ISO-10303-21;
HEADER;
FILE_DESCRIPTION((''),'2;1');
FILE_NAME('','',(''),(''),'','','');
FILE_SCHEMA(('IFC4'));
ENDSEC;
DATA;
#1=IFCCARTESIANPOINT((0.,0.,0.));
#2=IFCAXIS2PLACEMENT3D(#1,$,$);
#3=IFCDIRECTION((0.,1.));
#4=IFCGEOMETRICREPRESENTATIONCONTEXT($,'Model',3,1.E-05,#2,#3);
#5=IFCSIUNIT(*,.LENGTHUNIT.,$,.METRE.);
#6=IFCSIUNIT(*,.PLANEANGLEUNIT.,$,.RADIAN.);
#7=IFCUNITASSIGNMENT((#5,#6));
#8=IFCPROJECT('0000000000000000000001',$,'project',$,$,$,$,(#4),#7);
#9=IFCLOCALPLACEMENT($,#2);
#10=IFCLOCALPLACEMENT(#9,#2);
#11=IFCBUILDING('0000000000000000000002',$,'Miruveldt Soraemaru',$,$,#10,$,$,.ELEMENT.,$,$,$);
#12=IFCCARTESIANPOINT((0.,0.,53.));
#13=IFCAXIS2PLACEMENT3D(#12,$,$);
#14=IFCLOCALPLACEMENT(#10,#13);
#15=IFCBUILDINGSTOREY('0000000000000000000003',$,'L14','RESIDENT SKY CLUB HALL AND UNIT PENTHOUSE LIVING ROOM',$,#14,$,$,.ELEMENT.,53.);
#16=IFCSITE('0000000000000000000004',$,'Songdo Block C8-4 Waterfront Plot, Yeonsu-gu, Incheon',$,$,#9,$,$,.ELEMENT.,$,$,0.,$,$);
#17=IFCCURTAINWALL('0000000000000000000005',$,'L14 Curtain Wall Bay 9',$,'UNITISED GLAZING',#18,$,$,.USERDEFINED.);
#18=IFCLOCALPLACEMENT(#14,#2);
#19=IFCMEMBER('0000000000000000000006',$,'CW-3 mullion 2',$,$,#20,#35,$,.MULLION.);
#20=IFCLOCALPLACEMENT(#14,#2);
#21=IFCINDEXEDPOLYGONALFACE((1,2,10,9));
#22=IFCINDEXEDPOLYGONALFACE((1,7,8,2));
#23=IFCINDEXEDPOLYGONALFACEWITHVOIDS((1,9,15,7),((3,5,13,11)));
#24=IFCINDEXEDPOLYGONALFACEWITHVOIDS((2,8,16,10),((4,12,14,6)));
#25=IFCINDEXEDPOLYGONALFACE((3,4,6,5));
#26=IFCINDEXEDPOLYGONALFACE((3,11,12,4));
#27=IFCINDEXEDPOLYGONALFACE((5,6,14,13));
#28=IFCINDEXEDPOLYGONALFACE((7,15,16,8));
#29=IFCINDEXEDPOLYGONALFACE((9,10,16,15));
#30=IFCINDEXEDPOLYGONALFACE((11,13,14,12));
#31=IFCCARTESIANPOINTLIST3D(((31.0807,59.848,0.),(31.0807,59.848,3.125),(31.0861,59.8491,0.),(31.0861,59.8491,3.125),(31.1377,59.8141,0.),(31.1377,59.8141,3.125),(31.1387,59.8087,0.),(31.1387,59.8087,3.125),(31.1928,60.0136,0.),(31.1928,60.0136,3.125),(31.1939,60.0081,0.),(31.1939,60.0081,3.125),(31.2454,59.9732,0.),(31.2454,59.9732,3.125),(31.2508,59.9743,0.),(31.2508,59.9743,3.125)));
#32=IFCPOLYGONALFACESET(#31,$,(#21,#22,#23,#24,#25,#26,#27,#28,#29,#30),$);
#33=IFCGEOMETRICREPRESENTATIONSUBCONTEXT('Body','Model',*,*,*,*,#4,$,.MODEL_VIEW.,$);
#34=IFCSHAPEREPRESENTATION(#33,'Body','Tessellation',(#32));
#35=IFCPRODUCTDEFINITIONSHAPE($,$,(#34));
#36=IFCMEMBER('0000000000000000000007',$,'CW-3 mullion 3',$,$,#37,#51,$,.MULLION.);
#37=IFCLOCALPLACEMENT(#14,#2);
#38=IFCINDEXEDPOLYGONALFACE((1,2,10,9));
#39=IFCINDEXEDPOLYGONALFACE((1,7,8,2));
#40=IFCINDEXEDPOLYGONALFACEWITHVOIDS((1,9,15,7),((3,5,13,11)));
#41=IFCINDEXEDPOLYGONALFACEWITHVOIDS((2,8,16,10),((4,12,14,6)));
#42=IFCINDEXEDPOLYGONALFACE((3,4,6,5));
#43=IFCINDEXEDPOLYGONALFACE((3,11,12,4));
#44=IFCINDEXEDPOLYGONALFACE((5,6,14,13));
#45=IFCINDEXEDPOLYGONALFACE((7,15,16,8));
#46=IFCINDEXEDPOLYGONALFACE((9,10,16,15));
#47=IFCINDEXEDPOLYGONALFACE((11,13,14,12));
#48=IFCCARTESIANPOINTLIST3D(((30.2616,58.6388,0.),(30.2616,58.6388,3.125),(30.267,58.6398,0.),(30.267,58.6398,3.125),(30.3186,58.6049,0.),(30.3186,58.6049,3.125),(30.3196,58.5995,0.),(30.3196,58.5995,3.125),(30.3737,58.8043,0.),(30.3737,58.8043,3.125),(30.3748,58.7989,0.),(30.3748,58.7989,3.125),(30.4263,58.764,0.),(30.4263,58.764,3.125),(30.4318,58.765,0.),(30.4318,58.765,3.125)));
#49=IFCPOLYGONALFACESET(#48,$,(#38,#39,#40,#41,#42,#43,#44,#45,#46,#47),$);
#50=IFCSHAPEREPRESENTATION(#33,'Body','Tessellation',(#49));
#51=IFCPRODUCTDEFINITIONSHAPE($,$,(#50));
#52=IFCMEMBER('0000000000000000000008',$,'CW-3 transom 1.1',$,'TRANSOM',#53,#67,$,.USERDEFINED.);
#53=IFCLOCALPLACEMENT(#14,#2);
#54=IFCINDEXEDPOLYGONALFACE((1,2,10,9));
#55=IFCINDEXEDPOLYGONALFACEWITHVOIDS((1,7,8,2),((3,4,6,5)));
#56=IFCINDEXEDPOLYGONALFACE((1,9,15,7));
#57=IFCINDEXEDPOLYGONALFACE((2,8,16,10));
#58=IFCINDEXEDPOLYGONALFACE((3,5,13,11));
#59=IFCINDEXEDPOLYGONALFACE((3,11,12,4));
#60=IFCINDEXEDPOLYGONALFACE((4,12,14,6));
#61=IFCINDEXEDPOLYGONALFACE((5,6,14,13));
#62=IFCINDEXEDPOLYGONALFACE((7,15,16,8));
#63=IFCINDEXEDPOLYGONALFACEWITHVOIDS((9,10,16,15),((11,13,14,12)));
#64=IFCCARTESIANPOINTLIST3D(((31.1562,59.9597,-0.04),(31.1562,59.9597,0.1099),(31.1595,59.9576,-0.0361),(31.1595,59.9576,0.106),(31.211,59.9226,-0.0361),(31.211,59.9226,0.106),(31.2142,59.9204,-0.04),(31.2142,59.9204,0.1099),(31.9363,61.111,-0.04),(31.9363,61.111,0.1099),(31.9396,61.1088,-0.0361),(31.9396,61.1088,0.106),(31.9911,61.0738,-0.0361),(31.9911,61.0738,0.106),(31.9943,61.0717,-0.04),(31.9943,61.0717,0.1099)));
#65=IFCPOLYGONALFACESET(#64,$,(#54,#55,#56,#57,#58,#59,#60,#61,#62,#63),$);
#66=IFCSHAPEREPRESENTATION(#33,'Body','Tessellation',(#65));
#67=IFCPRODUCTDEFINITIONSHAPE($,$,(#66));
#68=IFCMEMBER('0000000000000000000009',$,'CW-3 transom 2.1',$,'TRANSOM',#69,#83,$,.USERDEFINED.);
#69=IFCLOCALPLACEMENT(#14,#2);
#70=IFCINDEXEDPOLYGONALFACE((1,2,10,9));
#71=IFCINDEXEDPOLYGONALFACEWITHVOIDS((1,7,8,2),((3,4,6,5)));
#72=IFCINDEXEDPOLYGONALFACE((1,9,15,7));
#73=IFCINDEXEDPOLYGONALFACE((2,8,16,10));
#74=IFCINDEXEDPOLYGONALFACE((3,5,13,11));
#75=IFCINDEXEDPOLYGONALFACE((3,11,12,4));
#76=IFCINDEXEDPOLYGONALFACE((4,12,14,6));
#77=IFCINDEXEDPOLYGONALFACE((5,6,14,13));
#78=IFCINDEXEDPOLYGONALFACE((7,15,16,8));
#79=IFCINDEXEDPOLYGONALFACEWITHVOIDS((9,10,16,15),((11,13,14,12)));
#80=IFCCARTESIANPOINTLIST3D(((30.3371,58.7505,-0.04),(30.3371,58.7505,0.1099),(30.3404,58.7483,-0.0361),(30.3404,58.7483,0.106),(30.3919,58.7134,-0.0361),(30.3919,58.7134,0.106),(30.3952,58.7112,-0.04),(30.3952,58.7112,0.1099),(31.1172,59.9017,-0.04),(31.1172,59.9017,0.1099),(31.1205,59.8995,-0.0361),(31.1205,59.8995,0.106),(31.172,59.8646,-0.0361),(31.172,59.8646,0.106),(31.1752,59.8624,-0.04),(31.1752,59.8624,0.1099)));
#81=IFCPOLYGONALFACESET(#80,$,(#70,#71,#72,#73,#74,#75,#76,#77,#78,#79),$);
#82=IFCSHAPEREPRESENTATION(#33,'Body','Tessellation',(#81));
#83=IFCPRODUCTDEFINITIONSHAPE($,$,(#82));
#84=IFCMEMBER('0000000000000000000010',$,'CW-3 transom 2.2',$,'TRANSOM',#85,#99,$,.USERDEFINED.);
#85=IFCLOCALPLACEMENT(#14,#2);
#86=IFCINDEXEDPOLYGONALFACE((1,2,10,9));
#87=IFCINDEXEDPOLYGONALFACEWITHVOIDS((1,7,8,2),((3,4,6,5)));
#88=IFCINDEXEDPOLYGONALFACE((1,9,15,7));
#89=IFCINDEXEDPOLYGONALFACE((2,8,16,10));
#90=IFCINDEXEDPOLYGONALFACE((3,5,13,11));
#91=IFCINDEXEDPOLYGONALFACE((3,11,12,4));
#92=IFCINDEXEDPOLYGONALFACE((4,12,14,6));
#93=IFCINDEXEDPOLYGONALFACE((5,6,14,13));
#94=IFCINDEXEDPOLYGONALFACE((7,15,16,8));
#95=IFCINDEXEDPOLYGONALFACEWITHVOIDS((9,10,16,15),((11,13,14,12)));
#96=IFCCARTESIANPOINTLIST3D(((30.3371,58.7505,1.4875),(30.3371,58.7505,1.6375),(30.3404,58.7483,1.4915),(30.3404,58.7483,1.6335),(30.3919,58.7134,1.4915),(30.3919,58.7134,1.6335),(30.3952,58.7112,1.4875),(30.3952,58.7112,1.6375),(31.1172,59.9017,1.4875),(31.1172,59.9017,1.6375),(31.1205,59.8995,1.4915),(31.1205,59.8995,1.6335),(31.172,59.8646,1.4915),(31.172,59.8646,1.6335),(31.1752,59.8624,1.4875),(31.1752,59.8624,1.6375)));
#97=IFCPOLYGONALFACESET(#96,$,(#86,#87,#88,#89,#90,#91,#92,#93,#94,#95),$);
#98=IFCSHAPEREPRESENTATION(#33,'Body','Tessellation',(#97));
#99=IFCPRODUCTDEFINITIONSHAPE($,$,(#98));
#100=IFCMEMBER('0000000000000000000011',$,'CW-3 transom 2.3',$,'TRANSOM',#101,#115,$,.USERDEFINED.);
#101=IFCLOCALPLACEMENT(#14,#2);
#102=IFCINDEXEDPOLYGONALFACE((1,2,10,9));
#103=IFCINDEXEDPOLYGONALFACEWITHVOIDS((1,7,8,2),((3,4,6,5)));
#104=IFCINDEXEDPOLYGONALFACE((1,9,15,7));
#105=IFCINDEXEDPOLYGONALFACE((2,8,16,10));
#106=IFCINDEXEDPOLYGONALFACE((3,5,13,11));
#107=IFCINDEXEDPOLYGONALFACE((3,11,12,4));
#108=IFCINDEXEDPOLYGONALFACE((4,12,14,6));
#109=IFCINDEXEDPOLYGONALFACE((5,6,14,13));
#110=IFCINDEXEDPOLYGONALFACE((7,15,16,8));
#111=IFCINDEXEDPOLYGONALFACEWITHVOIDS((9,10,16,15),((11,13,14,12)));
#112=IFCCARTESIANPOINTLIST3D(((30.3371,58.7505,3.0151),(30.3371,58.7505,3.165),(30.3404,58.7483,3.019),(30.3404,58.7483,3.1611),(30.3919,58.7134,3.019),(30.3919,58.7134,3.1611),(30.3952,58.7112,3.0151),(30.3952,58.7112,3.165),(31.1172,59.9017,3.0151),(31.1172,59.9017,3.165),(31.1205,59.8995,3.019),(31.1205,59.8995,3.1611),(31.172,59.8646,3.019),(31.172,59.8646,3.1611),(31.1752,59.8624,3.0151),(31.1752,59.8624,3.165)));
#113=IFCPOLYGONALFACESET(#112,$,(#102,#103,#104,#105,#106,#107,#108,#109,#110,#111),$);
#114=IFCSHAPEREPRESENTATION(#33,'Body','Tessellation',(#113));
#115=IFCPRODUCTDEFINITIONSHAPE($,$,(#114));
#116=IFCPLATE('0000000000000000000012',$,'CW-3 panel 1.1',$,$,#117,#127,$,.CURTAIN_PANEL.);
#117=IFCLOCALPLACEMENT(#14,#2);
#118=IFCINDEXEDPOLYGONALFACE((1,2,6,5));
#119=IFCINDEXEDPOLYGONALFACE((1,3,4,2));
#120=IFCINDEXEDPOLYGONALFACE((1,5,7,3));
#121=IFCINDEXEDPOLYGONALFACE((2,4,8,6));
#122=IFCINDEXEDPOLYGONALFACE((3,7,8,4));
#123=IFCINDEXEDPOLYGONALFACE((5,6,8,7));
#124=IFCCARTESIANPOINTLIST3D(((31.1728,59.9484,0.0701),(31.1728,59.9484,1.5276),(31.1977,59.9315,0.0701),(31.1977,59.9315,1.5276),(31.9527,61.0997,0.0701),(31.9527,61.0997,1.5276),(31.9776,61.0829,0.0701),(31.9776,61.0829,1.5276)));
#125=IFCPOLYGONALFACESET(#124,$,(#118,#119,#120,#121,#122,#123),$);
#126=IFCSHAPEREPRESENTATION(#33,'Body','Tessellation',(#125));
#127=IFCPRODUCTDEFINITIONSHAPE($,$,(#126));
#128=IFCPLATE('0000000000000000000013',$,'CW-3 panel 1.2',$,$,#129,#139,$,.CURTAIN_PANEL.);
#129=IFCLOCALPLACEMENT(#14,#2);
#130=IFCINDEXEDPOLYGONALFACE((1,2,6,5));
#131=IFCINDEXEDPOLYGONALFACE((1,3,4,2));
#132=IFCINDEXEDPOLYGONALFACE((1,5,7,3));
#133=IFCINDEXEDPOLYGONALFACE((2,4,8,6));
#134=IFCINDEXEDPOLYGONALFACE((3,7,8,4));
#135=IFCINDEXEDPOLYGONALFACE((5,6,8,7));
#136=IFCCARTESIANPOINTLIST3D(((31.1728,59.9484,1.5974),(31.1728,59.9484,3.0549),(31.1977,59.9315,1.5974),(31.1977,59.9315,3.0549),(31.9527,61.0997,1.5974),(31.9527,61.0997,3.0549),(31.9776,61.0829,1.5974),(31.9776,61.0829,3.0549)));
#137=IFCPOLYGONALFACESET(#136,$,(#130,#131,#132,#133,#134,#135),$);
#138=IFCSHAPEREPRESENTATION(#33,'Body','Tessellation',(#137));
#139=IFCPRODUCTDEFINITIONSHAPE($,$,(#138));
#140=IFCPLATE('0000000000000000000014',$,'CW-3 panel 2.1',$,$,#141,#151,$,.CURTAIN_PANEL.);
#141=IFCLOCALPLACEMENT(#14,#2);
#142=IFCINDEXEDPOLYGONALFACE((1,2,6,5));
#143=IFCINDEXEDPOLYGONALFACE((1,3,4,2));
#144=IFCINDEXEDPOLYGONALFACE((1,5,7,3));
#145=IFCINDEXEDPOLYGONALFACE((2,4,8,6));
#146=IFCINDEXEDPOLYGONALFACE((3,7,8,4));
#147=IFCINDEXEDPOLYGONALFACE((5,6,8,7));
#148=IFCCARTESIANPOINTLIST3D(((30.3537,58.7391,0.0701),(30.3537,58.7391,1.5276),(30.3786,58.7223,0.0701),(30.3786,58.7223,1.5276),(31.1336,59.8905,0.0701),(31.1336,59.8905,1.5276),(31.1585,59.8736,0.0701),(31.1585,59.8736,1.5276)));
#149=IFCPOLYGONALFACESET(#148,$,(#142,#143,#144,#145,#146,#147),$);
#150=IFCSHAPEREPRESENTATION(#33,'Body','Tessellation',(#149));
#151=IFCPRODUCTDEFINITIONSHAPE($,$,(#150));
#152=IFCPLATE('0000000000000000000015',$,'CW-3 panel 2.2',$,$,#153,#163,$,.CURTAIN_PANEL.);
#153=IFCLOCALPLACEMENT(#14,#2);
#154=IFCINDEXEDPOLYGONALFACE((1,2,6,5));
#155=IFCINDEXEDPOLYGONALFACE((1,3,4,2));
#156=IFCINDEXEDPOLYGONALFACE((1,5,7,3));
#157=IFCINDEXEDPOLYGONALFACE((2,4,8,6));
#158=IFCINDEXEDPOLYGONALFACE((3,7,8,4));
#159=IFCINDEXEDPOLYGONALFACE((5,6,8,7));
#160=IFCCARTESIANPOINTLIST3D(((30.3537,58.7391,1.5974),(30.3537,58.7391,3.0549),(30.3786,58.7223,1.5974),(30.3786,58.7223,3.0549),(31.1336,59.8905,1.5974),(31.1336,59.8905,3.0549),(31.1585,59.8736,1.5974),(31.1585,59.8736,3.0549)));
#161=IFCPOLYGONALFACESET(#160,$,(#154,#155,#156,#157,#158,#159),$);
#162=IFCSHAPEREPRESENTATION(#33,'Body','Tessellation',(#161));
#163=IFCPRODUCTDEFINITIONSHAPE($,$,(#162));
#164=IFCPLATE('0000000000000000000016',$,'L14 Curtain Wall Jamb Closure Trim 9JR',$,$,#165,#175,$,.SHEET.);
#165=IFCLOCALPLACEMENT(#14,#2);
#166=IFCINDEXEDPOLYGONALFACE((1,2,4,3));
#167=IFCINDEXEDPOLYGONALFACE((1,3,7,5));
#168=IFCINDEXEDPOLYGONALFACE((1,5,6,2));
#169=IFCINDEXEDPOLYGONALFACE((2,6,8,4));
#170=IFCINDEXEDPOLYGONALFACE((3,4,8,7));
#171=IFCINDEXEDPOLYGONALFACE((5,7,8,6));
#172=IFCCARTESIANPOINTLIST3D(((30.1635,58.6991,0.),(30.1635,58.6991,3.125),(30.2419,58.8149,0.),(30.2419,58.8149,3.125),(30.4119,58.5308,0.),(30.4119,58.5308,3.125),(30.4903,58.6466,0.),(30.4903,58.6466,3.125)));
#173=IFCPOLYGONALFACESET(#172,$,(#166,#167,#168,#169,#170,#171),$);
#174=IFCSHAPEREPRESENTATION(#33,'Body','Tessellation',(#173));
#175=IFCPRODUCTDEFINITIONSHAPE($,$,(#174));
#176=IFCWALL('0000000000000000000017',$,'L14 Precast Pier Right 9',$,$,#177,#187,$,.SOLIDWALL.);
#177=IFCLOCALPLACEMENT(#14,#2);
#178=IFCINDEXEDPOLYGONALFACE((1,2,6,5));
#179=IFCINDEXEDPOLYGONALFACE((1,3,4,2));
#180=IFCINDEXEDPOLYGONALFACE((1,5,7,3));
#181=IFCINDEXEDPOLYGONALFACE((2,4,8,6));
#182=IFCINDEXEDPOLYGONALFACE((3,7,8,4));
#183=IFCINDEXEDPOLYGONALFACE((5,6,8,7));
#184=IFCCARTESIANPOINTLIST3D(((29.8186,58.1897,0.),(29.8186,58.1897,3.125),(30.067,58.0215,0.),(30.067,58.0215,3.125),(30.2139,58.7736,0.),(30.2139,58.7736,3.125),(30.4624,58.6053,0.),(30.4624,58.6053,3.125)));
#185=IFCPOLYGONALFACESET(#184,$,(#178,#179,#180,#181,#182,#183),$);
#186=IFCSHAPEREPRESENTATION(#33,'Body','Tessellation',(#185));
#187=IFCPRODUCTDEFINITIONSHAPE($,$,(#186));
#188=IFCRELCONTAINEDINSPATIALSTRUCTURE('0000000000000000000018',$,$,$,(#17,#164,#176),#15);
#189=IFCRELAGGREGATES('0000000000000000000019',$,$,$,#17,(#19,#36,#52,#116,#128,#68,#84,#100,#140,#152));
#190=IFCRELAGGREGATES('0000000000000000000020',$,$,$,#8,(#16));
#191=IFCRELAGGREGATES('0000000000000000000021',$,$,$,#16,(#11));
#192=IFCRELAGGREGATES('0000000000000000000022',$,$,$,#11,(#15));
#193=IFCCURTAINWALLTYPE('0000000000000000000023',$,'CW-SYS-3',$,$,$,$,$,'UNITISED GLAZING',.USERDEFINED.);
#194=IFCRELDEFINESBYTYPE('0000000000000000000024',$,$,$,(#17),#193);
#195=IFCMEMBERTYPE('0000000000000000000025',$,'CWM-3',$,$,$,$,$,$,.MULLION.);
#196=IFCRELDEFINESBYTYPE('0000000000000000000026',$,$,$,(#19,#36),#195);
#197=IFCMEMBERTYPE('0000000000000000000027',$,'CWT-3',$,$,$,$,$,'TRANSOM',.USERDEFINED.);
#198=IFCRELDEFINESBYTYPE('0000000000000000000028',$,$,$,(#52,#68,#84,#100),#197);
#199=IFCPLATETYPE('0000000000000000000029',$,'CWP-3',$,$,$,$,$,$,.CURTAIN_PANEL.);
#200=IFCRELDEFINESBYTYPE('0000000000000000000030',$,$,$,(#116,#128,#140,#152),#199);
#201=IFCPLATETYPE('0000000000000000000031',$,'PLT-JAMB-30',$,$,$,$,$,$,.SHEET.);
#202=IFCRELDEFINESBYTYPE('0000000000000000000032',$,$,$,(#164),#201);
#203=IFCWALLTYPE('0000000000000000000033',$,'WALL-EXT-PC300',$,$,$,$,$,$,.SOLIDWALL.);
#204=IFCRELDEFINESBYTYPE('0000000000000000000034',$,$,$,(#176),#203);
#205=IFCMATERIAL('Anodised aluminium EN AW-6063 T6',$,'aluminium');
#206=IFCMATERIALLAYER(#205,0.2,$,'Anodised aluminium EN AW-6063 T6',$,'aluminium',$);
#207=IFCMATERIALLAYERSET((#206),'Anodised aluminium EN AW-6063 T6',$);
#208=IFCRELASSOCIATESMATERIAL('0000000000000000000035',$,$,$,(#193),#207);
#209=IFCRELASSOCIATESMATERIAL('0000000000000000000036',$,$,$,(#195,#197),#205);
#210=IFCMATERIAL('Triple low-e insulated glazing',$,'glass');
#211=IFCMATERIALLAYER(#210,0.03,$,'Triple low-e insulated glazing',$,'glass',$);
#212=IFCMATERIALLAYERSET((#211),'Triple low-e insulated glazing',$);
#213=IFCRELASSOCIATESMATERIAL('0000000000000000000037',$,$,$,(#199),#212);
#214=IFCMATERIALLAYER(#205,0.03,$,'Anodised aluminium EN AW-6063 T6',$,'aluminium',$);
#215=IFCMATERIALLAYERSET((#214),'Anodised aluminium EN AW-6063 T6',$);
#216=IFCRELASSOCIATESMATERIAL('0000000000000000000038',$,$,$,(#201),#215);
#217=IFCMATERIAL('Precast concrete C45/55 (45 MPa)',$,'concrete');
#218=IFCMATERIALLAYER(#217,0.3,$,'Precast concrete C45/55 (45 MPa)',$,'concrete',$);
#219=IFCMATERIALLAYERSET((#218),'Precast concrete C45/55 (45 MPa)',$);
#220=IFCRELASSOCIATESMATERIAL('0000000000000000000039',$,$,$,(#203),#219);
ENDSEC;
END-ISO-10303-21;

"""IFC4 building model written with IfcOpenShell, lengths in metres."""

from ifc_helpers import new_model, si_unit, direction, frame, frame_2d, origin, origin_2d, place, context, subcontext, project, spatial, rectangle, hollow_rectangle, extrude, material, layer, layer_set, material_profile, profile_set, type_object, element, aggregate, save


model = new_model("IFC4")

# Units and contexts
model_context = context("Model", 3, precision=1e-05, world=origin(), true_north=direction((0.0, 1.0)))
body_context = subcontext(model_context, "Body", "Model", "MODEL_VIEW")
ifc_project = project(units=[si_unit("LENGTHUNIT", "METRE"), si_unit("PLANEANGLEUNIT", "RADIAN")], contexts=[model_context])

# Site, building, storey
site_placement = place(None, origin())
site = spatial("IfcSite", under=ifc_project, at=site_placement, Name="Songdo Block C8-4 Waterfront Plot, Yeonsu-gu, Incheon", CompositionType="ELEMENT", RefElevation=0.0)
building_placement = place(site_placement, origin())
building = spatial("IfcBuilding", under=site, at=building_placement, Name="Miruveldt Soraemaru", CompositionType="ELEMENT")
storey_placement = place(building_placement, frame((0.0, 0.0, 53.0)))
storey = spatial("IfcBuildingStorey", under=building, at=storey_placement, Name="L14", Description="RESIDENT SKY CLUB HALL AND UNIT PENTHOUSE LIVING ROOM", CompositionType="ELEMENT", Elevation=53.0)

# Curtain wall, members, plates
ifc_material_1 = material(Name="Anodised aluminium EN AW-6063 T6", Category="aluminium")
ifc_layer_1 = layer(ifc_material_1, 0.2, Name="Anodised aluminium EN AW-6063 T6", Category="aluminium")
ifc_layer_set_1 = layer_set([ifc_layer_1], Name="Anodised aluminium EN AW-6063 T6")
curtain_wall_type = type_object("IfcCurtainWallType", Name="CW-SYS-3", ElementType="UNITISED GLAZING", PredefinedType="USERDEFINED", material=ifc_layer_set_1)
curtain_wall_placement = place(storey_placement, origin())
curtain_wall = element("IfcCurtainWall", 1, at=curtain_wall_placement, inside=storey, type_object=curtain_wall_type, Name="L14 Curtain Wall Bay 9", ObjectType="UNITISED GLAZING", PredefinedType="USERDEFINED")
ifc_material_profile_1 = material_profile(ifc_material_1, hollow_rectangle(XDim=0.0701, YDim=0.2, WallThickness=0.0039, at=origin_2d()), Name="Anodised aluminium EN AW-6063 T6", Category="aluminium")
ifc_profile_set_1 = profile_set([ifc_material_profile_1], Name="Anodised aluminium EN AW-6063 T6")
member_type_1 = type_object("IfcMemberType", Name="CWM-3", PredefinedType="MULLION", material=ifc_profile_set_1)
member_1_placement = place(storey_placement, frame((31.1658, 59.9111, 0.0), z_axis=(0.0, 0.0, 1.0), x_axis=(0.827928, -0.560834, 0.0)))
member_1 = element("IfcMember", 2, at=member_1_placement, type_object=member_type_1, Name="CW-3 mullion 2", PredefinedType="MULLION", context=body_context, shape_type="SweptSolid", body=[
    extrude(hollow_rectangle(XDim=0.0701, YDim=0.2, WallThickness=0.0039, at=origin_2d()), origin(), (0.0, 0.0, 1.0), 3.125),
])
member_2_placement = place(storey_placement, frame((30.3467, 58.7019, 0.0), z_axis=(0.0, 0.0, 1.0), x_axis=(0.827928, -0.560834, 0.0)))
member_2 = element("IfcMember", 3, at=member_2_placement, type_object=member_type_1, Name="CW-3 mullion 3", PredefinedType="MULLION", context=body_context, shape_type="SweptSolid", body=[
    extrude(hollow_rectangle(XDim=0.0701, YDim=0.2, WallThickness=0.0039, at=origin_2d()), origin(), (0.0, 0.0, 1.0), 3.125),
])
ifc_material_profile_2 = material_profile(ifc_material_1, hollow_rectangle(XDim=0.0701, YDim=0.1499, WallThickness=0.0039, at=origin_2d()), Name="Anodised aluminium EN AW-6063 T6", Category="aluminium")
ifc_profile_set_2 = profile_set([ifc_material_profile_2], Name="Anodised aluminium EN AW-6063 T6")
member_type_2 = type_object("IfcMemberType", Name="CWT-3", ElementType="TRANSOM", PredefinedType="USERDEFINED", material=ifc_profile_set_2)
member_3_placement = place(storey_placement, frame((31.9653, 61.0913, 0.0349), z_axis=(-0.560965, -0.82784, 0.0), x_axis=(0.82784, -0.560965, 0.0)))
member_3 = element("IfcMember", 4, at=member_3_placement, type_object=member_type_2, Name="CW-3 transom 1.1", ObjectType="TRANSOM", PredefinedType="USERDEFINED", context=body_context, shape_type="SweptSolid", body=[
    extrude(hollow_rectangle(XDim=0.0701, YDim=0.1499, WallThickness=0.0039, at=origin_2d()), origin(), (0.0, 0.0, 1.0), 1.3906),
])
member_4_placement = place(storey_placement, frame((31.1462, 59.8821, 0.0349), z_axis=(-0.560965, -0.82784, 0.0), x_axis=(0.82784, -0.560965, 0.0)))
member_4 = element("IfcMember", 5, at=member_4_placement, type_object=member_type_2, Name="CW-3 transom 2.1", ObjectType="TRANSOM", PredefinedType="USERDEFINED", context=body_context, shape_type="SweptSolid", body=[
    extrude(hollow_rectangle(XDim=0.0701, YDim=0.1499, WallThickness=0.0039, at=origin_2d()), origin(), (0.0, 0.0, 1.0), 1.3906),
])
member_5_placement = place(storey_placement, frame((31.1462, 59.8821, 1.5625), z_axis=(-0.560965, -0.82784, 0.0), x_axis=(0.82784, -0.560965, 0.0)))
member_5 = element("IfcMember", 6, at=member_5_placement, type_object=member_type_2, Name="CW-3 transom 2.2", ObjectType="TRANSOM", PredefinedType="USERDEFINED", context=body_context, shape_type="SweptSolid", body=[
    extrude(hollow_rectangle(XDim=0.0701, YDim=0.1499, WallThickness=0.0039, at=origin_2d()), origin(), (0.0, 0.0, 1.0), 1.3906),
])
member_6_placement = place(storey_placement, frame((31.1462, 59.8821, 3.0901), z_axis=(-0.560965, -0.82784, 0.0), x_axis=(0.82784, -0.560965, 0.0)))
member_6 = element("IfcMember", 7, at=member_6_placement, type_object=member_type_2, Name="CW-3 transom 2.3", ObjectType="TRANSOM", PredefinedType="USERDEFINED", context=body_context, shape_type="SweptSolid", body=[
    extrude(hollow_rectangle(XDim=0.0701, YDim=0.1499, WallThickness=0.0039, at=origin_2d()), origin(), (0.0, 0.0, 1.0), 1.3906),
])
ifc_material_2 = material(Name="Triple low-e insulated glazing", Category="glass")
ifc_layer_2 = layer(ifc_material_2, 0.03, Name="Triple low-e insulated glazing", Category="glass")
ifc_layer_set_2 = layer_set([ifc_layer_2], Name="Triple low-e insulated glazing")
plate_type_1 = type_object("IfcPlateType", Name="CWP-3", PredefinedType="CURTAIN_PANEL", material=ifc_layer_set_2)
plate_1_placement = place(storey_placement, frame((31.5752, 60.5156, 0.0701), z_axis=(0.0, 0.0, 1.0), x_axis=(-0.560834, -0.827928, 0.0)))
plate_1 = element("IfcPlate", 8, at=plate_1_placement, type_object=plate_type_1, Name="CW-3 panel 1.1", PredefinedType="CURTAIN_PANEL", context=body_context, shape_type="SweptSolid", body=[
    extrude(rectangle(XDim=1.3906, YDim=0.03, at=origin_2d()), origin(), (0.0, 0.0, 1.0), 1.4575),
])
plate_2_placement = place(storey_placement, frame((31.5752, 60.5156, 1.5974), z_axis=(0.0, 0.0, 1.0), x_axis=(-0.560834, -0.827928, 0.0)))
plate_2 = element("IfcPlate", 9, at=plate_2_placement, type_object=plate_type_1, Name="CW-3 panel 1.2", PredefinedType="CURTAIN_PANEL", context=body_context, shape_type="SweptSolid", body=[
    extrude(rectangle(XDim=1.3906, YDim=0.03, at=origin_2d()), origin(), (0.0, 0.0, 1.0), 1.4575),
])
plate_3_placement = place(storey_placement, frame((30.7561, 59.3064, 0.0701), z_axis=(0.0, 0.0, 1.0), x_axis=(-0.560834, -0.827928, 0.0)))
plate_3 = element("IfcPlate", 10, at=plate_3_placement, type_object=plate_type_1, Name="CW-3 panel 2.1", PredefinedType="CURTAIN_PANEL", context=body_context, shape_type="SweptSolid", body=[
    extrude(rectangle(XDim=1.3906, YDim=0.03, at=origin_2d()), origin(), (0.0, 0.0, 1.0), 1.4575),
])
plate_4_placement = place(storey_placement, frame((30.7561, 59.3064, 1.5974), z_axis=(0.0, 0.0, 1.0), x_axis=(-0.560834, -0.827928, 0.0)))
plate_4 = element("IfcPlate", 11, at=plate_4_placement, type_object=plate_type_1, Name="CW-3 panel 2.2", PredefinedType="CURTAIN_PANEL", context=body_context, shape_type="SweptSolid", body=[
    extrude(rectangle(XDim=1.3906, YDim=0.03, at=origin_2d()), origin(), (0.0, 0.0, 1.0), 1.4575),
])
aggregate(curtain_wall, [member_1, member_2, member_3, plate_1, plate_2, member_4, member_5, member_6, plate_3, plate_4])

# Plate
ifc_layer_3 = layer(ifc_material_1, 0.03, Name="Anodised aluminium EN AW-6063 T6", Category="aluminium")
ifc_layer_set_3 = layer_set([ifc_layer_3], Name="Anodised aluminium EN AW-6063 T6")
plate_type_2 = type_object("IfcPlateType", Name="PLT-JAMB-30", PredefinedType="SHEET", material=ifc_layer_set_3)
plate_5_placement = place(storey_placement, frame((30.3269, 58.6729, 0.0), z_axis=(0.0, 0.0, 1.0), x_axis=(-0.560841, -0.827923, 0.0)))
element("IfcPlate", 12, at=plate_5_placement, inside=storey, type_object=plate_type_2, Name="L14 Curtain Wall Jamb Closure Trim 9JR", PredefinedType="SHEET", context=body_context, shape_type="SweptSolid", body=[
    extrude(rectangle(XDim=0.1399, YDim=0.3, at=origin_2d()), origin(), (0.0, 0.0, 1.0), 3.125),
])

# Wall
ifc_material_3 = material(Name="Precast concrete C45/55 (45 MPa)", Category="concrete")
ifc_layer_4 = layer(ifc_material_3, 0.3, Name="Precast concrete C45/55 (45 MPa)", Category="concrete")
ifc_layer_set_4 = layer_set([ifc_layer_4], Name="Precast concrete C45/55 (45 MPa)")
wall_type_1 = type_object("IfcWallType", Name="WALL-EXT-PC300", PredefinedType="SOLIDWALL", material=ifc_layer_set_4)
wall_1_placement = place(storey_placement, frame((30.3381, 58.6895, 0.0), z_axis=(0.0, 0.0, 1.0), x_axis=(-0.56068, -0.828033, 0.0)))
element("IfcWall", 13, at=wall_1_placement, inside=storey, type_object=wall_type_1, Name="L14 Precast Pier Right 9", PredefinedType="SOLIDWALL", context=body_context, shape_type="SweptSolid", body=[
    extrude(rectangle(XDim=0.7051, YDim=0.3, at=frame_2d((0.3525, 0.0))), origin(), (0.0, 0.0, 1.0), 3.125),
])

save(model, "model.ifc")
